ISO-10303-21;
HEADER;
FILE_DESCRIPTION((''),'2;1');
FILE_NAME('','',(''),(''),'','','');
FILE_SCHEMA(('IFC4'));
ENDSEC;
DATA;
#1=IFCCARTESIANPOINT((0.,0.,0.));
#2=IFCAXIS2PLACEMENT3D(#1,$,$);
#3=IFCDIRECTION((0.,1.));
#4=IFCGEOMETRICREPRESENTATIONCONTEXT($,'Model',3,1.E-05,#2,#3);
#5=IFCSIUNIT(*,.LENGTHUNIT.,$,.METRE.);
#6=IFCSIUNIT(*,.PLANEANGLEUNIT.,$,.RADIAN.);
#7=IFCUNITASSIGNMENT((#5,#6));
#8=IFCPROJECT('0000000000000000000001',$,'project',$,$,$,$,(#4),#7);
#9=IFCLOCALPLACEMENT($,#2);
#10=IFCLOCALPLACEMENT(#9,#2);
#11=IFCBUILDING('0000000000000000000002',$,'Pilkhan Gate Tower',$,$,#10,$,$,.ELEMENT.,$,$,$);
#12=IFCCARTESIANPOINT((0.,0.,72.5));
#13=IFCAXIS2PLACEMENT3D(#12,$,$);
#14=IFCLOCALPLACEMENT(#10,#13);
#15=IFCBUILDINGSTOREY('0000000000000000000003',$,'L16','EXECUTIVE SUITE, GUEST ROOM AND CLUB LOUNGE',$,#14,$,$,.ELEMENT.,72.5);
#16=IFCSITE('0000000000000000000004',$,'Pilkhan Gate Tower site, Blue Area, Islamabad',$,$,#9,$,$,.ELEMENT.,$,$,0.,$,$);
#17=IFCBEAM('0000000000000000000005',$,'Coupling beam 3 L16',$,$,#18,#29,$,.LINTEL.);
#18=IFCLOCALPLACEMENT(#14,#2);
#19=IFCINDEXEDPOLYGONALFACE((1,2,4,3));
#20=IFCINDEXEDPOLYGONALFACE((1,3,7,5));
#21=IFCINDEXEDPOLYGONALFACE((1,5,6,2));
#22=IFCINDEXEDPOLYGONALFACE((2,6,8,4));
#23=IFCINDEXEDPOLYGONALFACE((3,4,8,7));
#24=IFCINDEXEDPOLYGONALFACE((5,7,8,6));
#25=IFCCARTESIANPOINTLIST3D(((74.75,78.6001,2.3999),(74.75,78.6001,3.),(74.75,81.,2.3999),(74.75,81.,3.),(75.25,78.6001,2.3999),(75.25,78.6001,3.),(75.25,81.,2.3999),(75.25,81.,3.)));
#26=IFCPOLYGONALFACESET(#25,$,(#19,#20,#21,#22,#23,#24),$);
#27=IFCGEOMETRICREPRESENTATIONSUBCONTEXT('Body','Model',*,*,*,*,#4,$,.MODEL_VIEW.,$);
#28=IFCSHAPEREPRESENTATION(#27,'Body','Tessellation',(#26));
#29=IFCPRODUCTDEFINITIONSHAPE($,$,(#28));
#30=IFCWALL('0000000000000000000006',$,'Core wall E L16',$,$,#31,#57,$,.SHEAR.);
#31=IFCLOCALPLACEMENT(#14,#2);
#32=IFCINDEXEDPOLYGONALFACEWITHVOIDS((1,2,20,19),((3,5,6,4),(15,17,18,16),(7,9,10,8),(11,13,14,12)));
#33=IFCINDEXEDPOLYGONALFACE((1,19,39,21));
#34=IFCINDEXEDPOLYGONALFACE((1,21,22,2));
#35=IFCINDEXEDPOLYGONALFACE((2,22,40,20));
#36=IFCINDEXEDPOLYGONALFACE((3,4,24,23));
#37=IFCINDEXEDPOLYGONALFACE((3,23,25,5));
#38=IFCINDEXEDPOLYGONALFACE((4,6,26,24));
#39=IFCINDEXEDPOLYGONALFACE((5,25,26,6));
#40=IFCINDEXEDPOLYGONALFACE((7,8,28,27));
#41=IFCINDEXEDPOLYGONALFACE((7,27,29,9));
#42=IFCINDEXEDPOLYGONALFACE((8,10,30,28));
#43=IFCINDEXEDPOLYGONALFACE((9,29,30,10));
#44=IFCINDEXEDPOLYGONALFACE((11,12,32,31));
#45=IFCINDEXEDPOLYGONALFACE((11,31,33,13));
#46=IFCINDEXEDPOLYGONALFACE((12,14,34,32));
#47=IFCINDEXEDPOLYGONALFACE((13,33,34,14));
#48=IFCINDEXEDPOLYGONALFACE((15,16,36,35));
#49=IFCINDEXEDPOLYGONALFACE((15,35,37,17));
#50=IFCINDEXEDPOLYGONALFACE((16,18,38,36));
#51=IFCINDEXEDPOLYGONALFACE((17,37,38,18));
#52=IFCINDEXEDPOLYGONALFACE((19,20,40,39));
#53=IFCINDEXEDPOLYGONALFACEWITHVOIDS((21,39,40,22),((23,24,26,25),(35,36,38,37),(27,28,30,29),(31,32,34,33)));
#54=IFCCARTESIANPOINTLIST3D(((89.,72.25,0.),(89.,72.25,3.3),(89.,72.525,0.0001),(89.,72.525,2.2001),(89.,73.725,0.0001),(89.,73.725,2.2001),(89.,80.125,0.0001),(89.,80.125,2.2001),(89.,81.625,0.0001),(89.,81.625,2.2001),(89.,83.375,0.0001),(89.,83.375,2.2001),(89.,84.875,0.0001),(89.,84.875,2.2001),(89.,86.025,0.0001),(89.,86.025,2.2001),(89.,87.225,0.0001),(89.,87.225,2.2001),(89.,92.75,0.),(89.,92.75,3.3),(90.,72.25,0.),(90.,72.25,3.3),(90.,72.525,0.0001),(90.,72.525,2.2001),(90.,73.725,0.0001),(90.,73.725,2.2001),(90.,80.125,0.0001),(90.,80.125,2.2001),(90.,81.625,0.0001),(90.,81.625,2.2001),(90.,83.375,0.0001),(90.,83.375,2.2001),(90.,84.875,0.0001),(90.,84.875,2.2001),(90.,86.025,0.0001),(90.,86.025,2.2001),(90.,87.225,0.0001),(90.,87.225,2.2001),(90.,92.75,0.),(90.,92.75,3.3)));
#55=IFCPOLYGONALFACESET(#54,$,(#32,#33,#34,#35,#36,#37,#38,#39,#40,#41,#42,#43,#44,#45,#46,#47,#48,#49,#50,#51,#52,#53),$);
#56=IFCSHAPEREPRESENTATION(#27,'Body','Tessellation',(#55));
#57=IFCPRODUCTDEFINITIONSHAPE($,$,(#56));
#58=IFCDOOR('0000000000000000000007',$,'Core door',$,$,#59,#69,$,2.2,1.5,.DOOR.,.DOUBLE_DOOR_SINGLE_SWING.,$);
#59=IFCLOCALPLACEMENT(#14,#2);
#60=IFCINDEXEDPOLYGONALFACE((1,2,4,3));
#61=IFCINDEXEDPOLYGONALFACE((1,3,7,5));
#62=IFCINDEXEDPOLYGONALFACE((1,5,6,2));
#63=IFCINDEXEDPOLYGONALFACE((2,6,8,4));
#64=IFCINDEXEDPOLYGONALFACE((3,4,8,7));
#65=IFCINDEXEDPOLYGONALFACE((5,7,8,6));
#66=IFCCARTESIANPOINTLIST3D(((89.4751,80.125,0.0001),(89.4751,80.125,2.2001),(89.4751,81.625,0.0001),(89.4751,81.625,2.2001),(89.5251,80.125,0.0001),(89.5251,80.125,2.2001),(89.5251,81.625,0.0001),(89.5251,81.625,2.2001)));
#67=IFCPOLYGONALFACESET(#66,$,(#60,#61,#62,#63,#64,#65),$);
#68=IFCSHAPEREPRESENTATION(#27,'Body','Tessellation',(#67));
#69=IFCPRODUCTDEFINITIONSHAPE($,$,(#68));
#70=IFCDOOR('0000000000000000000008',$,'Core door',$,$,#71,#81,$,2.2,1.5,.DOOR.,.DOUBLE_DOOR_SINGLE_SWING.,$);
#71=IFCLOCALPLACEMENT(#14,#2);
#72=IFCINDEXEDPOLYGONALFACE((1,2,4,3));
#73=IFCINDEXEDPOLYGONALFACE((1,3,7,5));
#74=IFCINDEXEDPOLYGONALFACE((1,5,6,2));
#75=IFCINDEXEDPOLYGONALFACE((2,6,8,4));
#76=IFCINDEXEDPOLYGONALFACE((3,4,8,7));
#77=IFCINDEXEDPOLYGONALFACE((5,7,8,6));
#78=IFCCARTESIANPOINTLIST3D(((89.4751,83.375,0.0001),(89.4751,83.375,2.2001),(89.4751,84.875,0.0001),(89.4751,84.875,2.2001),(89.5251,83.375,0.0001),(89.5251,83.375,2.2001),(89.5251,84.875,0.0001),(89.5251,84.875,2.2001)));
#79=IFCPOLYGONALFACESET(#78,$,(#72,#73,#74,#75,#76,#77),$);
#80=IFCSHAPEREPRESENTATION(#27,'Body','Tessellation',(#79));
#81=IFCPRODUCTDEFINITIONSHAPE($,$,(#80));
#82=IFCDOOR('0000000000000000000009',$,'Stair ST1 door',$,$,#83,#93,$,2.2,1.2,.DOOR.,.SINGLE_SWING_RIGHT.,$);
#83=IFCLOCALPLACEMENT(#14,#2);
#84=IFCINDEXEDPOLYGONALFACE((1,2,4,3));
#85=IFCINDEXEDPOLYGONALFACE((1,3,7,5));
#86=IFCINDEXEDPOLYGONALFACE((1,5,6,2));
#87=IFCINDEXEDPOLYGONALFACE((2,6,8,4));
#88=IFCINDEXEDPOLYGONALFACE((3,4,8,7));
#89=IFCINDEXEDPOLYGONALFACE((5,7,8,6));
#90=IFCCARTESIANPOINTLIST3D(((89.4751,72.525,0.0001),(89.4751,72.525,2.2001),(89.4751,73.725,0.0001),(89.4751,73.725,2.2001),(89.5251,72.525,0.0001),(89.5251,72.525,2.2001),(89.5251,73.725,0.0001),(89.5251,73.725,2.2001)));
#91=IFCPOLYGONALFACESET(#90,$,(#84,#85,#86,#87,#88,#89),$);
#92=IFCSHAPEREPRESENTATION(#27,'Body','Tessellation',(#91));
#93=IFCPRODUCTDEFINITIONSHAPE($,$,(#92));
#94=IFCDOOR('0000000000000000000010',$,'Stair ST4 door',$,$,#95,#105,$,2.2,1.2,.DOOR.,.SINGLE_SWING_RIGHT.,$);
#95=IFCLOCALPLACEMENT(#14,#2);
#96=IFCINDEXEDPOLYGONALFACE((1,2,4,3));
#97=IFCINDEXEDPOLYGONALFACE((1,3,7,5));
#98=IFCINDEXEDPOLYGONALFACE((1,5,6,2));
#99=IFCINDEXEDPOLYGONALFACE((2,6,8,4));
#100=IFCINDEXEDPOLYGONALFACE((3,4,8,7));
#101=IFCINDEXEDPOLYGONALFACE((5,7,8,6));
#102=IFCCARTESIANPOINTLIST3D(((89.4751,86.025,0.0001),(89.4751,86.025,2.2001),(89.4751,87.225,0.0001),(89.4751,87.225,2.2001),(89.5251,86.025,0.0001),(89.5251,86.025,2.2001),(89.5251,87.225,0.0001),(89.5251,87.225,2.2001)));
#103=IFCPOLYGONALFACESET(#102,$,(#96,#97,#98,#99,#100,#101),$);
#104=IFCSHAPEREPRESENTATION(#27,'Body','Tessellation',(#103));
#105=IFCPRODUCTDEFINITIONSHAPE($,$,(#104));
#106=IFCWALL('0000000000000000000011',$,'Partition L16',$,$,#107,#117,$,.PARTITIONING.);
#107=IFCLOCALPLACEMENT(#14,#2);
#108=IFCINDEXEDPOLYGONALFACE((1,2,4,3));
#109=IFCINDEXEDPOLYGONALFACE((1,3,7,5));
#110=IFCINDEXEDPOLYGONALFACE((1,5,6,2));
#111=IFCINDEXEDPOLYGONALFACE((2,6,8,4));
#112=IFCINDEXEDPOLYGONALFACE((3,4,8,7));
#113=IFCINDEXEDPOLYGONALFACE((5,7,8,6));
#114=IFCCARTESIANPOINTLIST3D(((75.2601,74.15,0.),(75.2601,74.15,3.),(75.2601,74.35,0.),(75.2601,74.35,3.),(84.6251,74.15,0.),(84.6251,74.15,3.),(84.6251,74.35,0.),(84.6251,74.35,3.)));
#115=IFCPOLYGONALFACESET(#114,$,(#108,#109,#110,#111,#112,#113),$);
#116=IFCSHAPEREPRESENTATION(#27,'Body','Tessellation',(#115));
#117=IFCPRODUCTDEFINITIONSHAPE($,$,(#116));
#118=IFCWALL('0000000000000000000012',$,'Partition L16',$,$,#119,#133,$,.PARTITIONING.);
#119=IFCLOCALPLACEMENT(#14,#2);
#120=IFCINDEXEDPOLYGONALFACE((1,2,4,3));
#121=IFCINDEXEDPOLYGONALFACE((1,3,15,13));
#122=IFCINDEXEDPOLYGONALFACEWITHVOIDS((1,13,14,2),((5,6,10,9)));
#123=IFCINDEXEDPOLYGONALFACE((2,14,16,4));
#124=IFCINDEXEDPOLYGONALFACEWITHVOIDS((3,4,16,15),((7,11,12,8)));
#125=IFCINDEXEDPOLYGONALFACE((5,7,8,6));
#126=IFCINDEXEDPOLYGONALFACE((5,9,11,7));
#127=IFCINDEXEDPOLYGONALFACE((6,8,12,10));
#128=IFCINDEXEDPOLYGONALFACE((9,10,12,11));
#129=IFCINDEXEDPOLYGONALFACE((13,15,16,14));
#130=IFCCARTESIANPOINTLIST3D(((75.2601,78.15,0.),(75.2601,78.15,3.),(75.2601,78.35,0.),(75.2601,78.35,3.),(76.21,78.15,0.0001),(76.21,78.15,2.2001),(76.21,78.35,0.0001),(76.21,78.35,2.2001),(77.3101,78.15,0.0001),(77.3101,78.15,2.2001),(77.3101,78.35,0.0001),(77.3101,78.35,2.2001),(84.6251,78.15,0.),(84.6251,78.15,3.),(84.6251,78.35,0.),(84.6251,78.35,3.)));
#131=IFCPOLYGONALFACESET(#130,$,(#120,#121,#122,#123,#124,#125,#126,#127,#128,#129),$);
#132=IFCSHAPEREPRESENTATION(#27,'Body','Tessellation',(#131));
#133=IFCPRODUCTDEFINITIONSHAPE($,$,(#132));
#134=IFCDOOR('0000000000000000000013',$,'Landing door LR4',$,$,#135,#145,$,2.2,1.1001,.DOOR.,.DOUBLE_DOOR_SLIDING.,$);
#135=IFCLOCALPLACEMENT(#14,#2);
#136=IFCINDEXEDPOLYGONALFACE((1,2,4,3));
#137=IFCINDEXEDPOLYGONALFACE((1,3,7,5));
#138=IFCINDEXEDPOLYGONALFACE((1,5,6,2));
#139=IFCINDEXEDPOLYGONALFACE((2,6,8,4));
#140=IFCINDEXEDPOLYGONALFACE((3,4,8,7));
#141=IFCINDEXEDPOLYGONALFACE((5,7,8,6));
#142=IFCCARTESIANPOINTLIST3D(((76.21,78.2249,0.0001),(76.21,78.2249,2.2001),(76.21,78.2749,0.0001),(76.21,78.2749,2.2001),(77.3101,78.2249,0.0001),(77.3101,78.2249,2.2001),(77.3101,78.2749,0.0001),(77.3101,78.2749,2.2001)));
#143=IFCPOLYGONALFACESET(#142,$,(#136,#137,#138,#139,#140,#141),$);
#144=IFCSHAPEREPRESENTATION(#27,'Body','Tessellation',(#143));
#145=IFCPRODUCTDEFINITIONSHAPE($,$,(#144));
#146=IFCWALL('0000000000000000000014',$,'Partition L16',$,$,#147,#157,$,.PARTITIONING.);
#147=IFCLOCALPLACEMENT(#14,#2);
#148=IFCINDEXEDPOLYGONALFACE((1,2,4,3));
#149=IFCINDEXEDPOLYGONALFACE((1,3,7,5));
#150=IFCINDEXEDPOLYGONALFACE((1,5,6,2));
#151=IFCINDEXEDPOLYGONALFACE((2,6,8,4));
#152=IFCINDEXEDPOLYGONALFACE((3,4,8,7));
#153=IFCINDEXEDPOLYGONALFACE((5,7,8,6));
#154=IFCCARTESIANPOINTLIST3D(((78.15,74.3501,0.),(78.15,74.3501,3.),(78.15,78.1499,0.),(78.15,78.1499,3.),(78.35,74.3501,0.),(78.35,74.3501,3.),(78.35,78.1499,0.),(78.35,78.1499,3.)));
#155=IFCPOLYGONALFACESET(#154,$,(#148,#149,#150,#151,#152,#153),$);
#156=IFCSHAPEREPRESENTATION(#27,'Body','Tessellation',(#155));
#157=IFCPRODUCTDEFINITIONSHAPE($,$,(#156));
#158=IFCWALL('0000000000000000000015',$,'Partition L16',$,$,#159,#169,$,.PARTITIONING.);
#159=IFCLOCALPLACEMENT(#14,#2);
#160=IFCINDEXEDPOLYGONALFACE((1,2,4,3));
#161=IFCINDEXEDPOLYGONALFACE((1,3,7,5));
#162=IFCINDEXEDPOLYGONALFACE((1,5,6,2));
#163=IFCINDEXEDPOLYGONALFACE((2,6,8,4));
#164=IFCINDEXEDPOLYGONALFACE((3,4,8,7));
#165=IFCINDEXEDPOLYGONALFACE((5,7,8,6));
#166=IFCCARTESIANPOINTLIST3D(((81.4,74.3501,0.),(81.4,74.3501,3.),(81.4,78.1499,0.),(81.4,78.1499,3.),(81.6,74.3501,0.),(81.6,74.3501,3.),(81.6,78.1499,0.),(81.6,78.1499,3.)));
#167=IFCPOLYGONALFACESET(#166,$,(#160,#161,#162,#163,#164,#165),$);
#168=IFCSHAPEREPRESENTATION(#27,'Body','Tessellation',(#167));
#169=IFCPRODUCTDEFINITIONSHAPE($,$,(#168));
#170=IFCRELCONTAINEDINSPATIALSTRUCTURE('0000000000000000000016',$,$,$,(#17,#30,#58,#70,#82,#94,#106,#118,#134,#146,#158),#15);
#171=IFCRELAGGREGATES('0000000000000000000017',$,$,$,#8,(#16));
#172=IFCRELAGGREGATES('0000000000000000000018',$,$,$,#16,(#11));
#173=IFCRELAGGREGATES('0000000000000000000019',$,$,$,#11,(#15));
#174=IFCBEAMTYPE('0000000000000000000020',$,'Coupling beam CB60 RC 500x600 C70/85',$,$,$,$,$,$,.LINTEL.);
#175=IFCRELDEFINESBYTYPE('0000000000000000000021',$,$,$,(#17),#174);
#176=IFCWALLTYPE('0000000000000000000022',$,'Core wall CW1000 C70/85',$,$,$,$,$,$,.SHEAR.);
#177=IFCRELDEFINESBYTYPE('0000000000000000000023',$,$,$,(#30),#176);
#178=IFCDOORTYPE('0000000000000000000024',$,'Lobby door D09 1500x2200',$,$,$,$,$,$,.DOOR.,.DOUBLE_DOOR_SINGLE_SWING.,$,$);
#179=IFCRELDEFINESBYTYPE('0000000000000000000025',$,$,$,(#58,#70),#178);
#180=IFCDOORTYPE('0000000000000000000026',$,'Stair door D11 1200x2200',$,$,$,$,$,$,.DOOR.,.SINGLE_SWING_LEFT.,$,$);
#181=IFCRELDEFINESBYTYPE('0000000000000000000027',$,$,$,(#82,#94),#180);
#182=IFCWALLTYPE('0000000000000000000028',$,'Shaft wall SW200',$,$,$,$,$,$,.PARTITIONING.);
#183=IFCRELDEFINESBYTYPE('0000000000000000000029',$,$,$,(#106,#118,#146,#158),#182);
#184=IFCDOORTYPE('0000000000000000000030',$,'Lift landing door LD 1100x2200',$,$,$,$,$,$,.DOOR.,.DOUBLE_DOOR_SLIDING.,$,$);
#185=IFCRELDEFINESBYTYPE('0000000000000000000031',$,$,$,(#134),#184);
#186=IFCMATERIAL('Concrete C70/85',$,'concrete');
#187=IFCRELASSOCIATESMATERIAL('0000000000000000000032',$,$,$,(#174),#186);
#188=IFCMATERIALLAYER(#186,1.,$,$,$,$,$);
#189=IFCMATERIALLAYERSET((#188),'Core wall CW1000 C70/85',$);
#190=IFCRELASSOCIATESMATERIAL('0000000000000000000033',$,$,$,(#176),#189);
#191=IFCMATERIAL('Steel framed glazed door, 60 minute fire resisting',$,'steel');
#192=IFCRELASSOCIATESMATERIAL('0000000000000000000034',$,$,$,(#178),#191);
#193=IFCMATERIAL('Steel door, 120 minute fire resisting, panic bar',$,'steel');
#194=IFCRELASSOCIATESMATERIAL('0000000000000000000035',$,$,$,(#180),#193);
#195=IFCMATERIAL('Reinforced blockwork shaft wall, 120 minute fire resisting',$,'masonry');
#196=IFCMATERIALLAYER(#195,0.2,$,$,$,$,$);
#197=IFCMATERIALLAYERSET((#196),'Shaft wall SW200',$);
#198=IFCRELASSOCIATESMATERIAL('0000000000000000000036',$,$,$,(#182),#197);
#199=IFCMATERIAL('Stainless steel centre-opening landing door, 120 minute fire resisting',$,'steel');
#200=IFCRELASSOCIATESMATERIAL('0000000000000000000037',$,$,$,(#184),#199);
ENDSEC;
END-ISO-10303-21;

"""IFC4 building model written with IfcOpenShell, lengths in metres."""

from ifc_helpers import new_model, si_unit, direction, frame, frame_2d, origin, origin_2d, place, context, subcontext, project, spatial, rectangle, extrude, material, layer, layer_set, material_profile, profile_set, type_object, element, fill, save


model = new_model("IFC4")

# Units and contexts
model_context = context("Model", 3, precision=1e-05, world=origin(), true_north=direction((0.0, 1.0)))
body_context = subcontext(model_context, "Body", "Model", "MODEL_VIEW")
ifc_project = project(units=[si_unit("LENGTHUNIT", "METRE"), si_unit("PLANEANGLEUNIT", "RADIAN")], contexts=[model_context])

# Site, building, storey
site_placement = place(None, origin())
site = spatial("IfcSite", under=ifc_project, at=site_placement, Name="Pilkhan Gate Tower site, Blue Area, Islamabad", CompositionType="ELEMENT", RefElevation=0.0)
building_placement = place(site_placement, origin())
building = spatial("IfcBuilding", under=site, at=building_placement, Name="Pilkhan Gate Tower", CompositionType="ELEMENT")
storey_placement = place(building_placement, frame((0.0, 0.0, 72.5)))
storey = spatial("IfcBuildingStorey", under=building, at=storey_placement, Name="L16", Description="EXECUTIVE SUITE, GUEST ROOM AND CLUB LOUNGE", CompositionType="ELEMENT", Elevation=72.5)

# Beam
ifc_material_1 = material(Name="Concrete C70/85", Category="concrete")
ifc_material_profile = material_profile(ifc_material_1, rectangle(XDim=0.5, YDim=0.6001, at=origin_2d()), Name="RC 500x600")
ifc_profile_set = profile_set([ifc_material_profile], Name="Concrete C70/85")
beam_type = type_object("IfcBeamType", Name="Coupling beam CB60 RC 500x600 C70/85", PredefinedType="LINTEL", material=ifc_profile_set)
beam_placement = place(storey_placement, frame((75.0, 78.6001, 2.7), z_axis=(0.0, 1.0, 0.0), x_axis=(-1.0, 0.0, 0.0)))
element("IfcBeam", 1, at=beam_placement, inside=storey, type_object=beam_type, Name="Coupling beam 3 L16", PredefinedType="LINTEL", context=body_context, shape_type="SweptSolid", body=[
    extrude(rectangle(XDim=0.5, YDim=0.6001, at=origin_2d()), origin(), (0.0, 0.0, 1.0), 2.3999),
])

# Wall, openings, doors
ifc_layer_1 = layer(ifc_material_1, 1.0)
ifc_layer_set_1 = layer_set([ifc_layer_1], Name="Core wall CW1000 C70/85")
wall_type_1 = type_object("IfcWallType", Name="Core wall CW1000 C70/85", PredefinedType="SHEAR", material=ifc_layer_set_1)
wall_1_placement = place(storey_placement, frame((89.5, 72.25, 0.0), z_axis=(0.0, 0.0, 1.0), x_axis=(0.0, 1.0, 0.0)))
wall_1 = element("IfcWall", 2, at=wall_1_placement, inside=storey, type_object=wall_type_1, Name="Core wall E L16", PredefinedType="SHEAR", context=body_context, shape_type="SweptSolid", body=[
    extrude(rectangle(XDim=20.5, YDim=1.0, at=frame_2d((10.25, 0.0))), origin(), (0.0, 0.0, 1.0), 3.3),
])
opening_1_placement = place(wall_1_placement, frame((0.2749, 0.0, 0.0)))
opening_1 = element("IfcOpeningElement", 3, at=opening_1_placement, cuts=wall_1, PredefinedType="OPENING", context=body_context, shape_type="SweptSolid", body=[
    extrude(rectangle(XDim=1.2, YDim=2.2, at=frame_2d((0.6001, 1.1001))), frame((0.0, 0.51, 0.0), z_axis=(0.0, -1.0, 0.0), x_axis=(1.0, 0.0, 0.0)), (0.0, 0.0, 1.0), 1.02),
])
opening_2_placement = place(wall_1_placement, frame((13.7749, 0.0, 0.0)))
opening_2 = element("IfcOpeningElement", 4, at=opening_2_placement, cuts=wall_1, PredefinedType="OPENING", context=body_context, shape_type="SweptSolid", body=[
    extrude(rectangle(XDim=1.2, YDim=2.2, at=frame_2d((0.6001, 1.1001))), frame((0.0, 0.51, 0.0), z_axis=(0.0, -1.0, 0.0), x_axis=(1.0, 0.0, 0.0)), (0.0, 0.0, 1.0), 1.02),
])
opening_3_placement = place(wall_1_placement, frame((7.875, 0.0, 0.0)))
opening_3 = element("IfcOpeningElement", 5, at=opening_3_placement, cuts=wall_1, PredefinedType="OPENING", context=body_context, shape_type="SweptSolid", body=[
    extrude(rectangle(XDim=1.5, YDim=2.2, at=frame_2d((0.75, 1.1001))), frame((0.0, 0.51, 0.0), z_axis=(0.0, -1.0, 0.0), x_axis=(1.0, 0.0, 0.0)), (0.0, 0.0, 1.0), 1.02),
])
opening_4_placement = place(wall_1_placement, frame((11.125, 0.0, 0.0)))
opening_4 = element("IfcOpeningElement", 6, at=opening_4_placement, cuts=wall_1, PredefinedType="OPENING", context=body_context, shape_type="SweptSolid", body=[
    extrude(rectangle(XDim=1.5, YDim=2.2, at=frame_2d((0.75, 1.1001))), frame((0.0, 0.51, 0.0), z_axis=(0.0, -1.0, 0.0), x_axis=(1.0, 0.0, 0.0)), (0.0, 0.0, 1.0), 1.02),
])
ifc_material_2 = material(Name="Steel framed glazed door, 60 minute fire resisting", Category="steel")
door_type_1 = type_object("IfcDoorType", Name="Lobby door D09 1500x2200", OperationType="DOUBLE_DOOR_SINGLE_SWING", PredefinedType="DOOR", material=ifc_material_2)
door_1_placement = place(opening_3_placement, origin())
door_1 = element("IfcDoor", 7, at=door_1_placement, inside=storey, type_object=door_type_1, Name="Core door", OperationType="DOUBLE_DOOR_SINGLE_SWING", OverallHeight=2.2, OverallWidth=1.5, PredefinedType="DOOR", context=body_context, shape_type="SweptSolid", body=[
    extrude(rectangle(XDim=1.5, YDim=2.2, at=frame_2d((0.75, 1.1001))), frame((0.0, 0.0249, 0.0), z_axis=(0.0, -1.0, 0.0), x_axis=(1.0, 0.0, 0.0)), (0.0, 0.0, 1.0), 0.05),
])
fill(opening_3, door_1)
door_2_placement = place(opening_4_placement, origin())
door_2 = element("IfcDoor", 8, at=door_2_placement, inside=storey, type_object=door_type_1, Name="Core door", OperationType="DOUBLE_DOOR_SINGLE_SWING", OverallHeight=2.2, OverallWidth=1.5, PredefinedType="DOOR", context=body_context, shape_type="SweptSolid", body=[
    extrude(rectangle(XDim=1.5, YDim=2.2, at=frame_2d((0.75, 1.1001))), frame((0.0, 0.0249, 0.0), z_axis=(0.0, -1.0, 0.0), x_axis=(1.0, 0.0, 0.0)), (0.0, 0.0, 1.0), 0.05),
])
fill(opening_4, door_2)
ifc_material_3 = material(Name="Steel door, 120 minute fire resisting, panic bar", Category="steel")
door_type_2 = type_object("IfcDoorType", Name="Stair door D11 1200x2200", OperationType="SINGLE_SWING_LEFT", PredefinedType="DOOR", material=ifc_material_3)
door_3_placement = place(opening_1_placement, origin())
door_3 = element("IfcDoor", 9, at=door_3_placement, inside=storey, type_object=door_type_2, Name="Stair ST1 door", OperationType="SINGLE_SWING_RIGHT", OverallHeight=2.2, OverallWidth=1.2, PredefinedType="DOOR", context=body_context, shape_type="SweptSolid", body=[
    extrude(rectangle(XDim=1.2, YDim=2.2, at=frame_2d((0.6001, 1.1001))), frame((0.0, 0.0249, 0.0), z_axis=(0.0, -1.0, 0.0), x_axis=(1.0, 0.0, 0.0)), (0.0, 0.0, 1.0), 0.05),
])
fill(opening_1, door_3)
door_4_placement = place(opening_2_placement, origin())
door_4 = element("IfcDoor", 10, at=door_4_placement, inside=storey, type_object=door_type_2, Name="Stair ST4 door", OperationType="SINGLE_SWING_RIGHT", OverallHeight=2.2, OverallWidth=1.2, PredefinedType="DOOR", context=body_context, shape_type="SweptSolid", body=[
    extrude(rectangle(XDim=1.2, YDim=2.2, at=frame_2d((0.6001, 1.1001))), frame((0.0, 0.0249, 0.0), z_axis=(0.0, -1.0, 0.0), x_axis=(1.0, 0.0, 0.0)), (0.0, 0.0, 1.0), 0.05),
])
fill(opening_2, door_4)

# Wall
ifc_material_4 = material(Name="Reinforced blockwork shaft wall, 120 minute fire resisting", Category="masonry")
ifc_layer_2 = layer(ifc_material_4, 0.2)
ifc_layer_set_2 = layer_set([ifc_layer_2], Name="Shaft wall SW200")
wall_type_2 = type_object("IfcWallType", Name="Shaft wall SW200", PredefinedType="PARTITIONING", material=ifc_layer_set_2)
wall_2_placement = place(storey_placement, frame((75.26, 74.25, 0.0), z_axis=(0.0, 0.0, 1.0), x_axis=(1.0, 0.0, 0.0)))
element("IfcWall", 11, at=wall_2_placement, inside=storey, type_object=wall_type_2, Name="Partition L16", PredefinedType="PARTITIONING", context=body_context, shape_type="SweptSolid", body=[
    extrude(rectangle(XDim=9.365, YDim=0.2, at=frame_2d((4.6826, 0.0))), origin(), (0.0, 0.0, 1.0), 3.0),
])

# Wall, opening, door
wall_3_placement = place(storey_placement, frame((75.26, 78.25, 0.0), z_axis=(0.0, 0.0, 1.0), x_axis=(1.0, 0.0, 0.0)))
wall_3 = element("IfcWall", 12, at=wall_3_placement, inside=storey, type_object=wall_type_2, Name="Partition L16", PredefinedType="PARTITIONING", context=body_context, shape_type="SweptSolid", body=[
    extrude(rectangle(XDim=9.365, YDim=0.2, at=frame_2d((4.6826, 0.0))), origin(), (0.0, 0.0, 1.0), 3.0),
])
opening_5_placement = place(wall_3_placement, frame((0.95, 0.0, 0.0)))
opening_5 = element("IfcOpeningElement", 13, at=opening_5_placement, cuts=wall_3, PredefinedType="OPENING", context=body_context, shape_type="SweptSolid", body=[
    extrude(rectangle(XDim=1.1001, YDim=2.2, at=frame_2d((0.55, 1.1001))), frame((0.0, 0.1099, 0.0), z_axis=(0.0, -1.0, 0.0), x_axis=(1.0, 0.0, 0.0)), (0.0, 0.0, 1.0), 0.22),
])
ifc_material_5 = material(Name="Stainless steel centre-opening landing door, 120 minute fire resisting", Category="steel")
door_type_3 = type_object("IfcDoorType", Name="Lift landing door LD 1100x2200", OperationType="DOUBLE_DOOR_SLIDING", PredefinedType="DOOR", material=ifc_material_5)
door_5_placement = place(opening_5_placement, origin())
door_5 = element("IfcDoor", 14, at=door_5_placement, inside=storey, type_object=door_type_3, Name="Landing door LR4", OperationType="DOUBLE_DOOR_SLIDING", OverallHeight=2.2, OverallWidth=1.1001, PredefinedType="DOOR", context=body_context, shape_type="SweptSolid", body=[
    extrude(rectangle(XDim=1.1001, YDim=2.2, at=frame_2d((0.55, 1.1001))), frame((0.0, 0.0249, 0.0), z_axis=(0.0, -1.0, 0.0), x_axis=(1.0, 0.0, 0.0)), (0.0, 0.0, 1.0), 0.05),
])
fill(opening_5, door_5)

# Walls
for number, where, z_axis, x_axis, name in (
    (15, (78.25, 74.3501, 0.0), (0.0, 0.0, 1.0), (0.0, 1.0, 0.0), "Partition L16"),
    (16, (81.5, 74.3501, 0.0), (0.0, 0.0, 1.0), (0.0, 1.0, 0.0), "Partition L16"),
):
    element("IfcWall", number, at=place(storey_placement, frame(where, z_axis=z_axis, x_axis=x_axis)), inside=storey, type_object=wall_type_2, Name=name, PredefinedType="PARTITIONING", context=body_context, shape_type="SweptSolid", body=[
        extrude(rectangle(XDim=3.7998, YDim=0.2, at=frame_2d((1.8999, 0.0))), origin(), (0.0, 0.0, 1.0), 3.0),
    ])

save(model, "model.ifc")
